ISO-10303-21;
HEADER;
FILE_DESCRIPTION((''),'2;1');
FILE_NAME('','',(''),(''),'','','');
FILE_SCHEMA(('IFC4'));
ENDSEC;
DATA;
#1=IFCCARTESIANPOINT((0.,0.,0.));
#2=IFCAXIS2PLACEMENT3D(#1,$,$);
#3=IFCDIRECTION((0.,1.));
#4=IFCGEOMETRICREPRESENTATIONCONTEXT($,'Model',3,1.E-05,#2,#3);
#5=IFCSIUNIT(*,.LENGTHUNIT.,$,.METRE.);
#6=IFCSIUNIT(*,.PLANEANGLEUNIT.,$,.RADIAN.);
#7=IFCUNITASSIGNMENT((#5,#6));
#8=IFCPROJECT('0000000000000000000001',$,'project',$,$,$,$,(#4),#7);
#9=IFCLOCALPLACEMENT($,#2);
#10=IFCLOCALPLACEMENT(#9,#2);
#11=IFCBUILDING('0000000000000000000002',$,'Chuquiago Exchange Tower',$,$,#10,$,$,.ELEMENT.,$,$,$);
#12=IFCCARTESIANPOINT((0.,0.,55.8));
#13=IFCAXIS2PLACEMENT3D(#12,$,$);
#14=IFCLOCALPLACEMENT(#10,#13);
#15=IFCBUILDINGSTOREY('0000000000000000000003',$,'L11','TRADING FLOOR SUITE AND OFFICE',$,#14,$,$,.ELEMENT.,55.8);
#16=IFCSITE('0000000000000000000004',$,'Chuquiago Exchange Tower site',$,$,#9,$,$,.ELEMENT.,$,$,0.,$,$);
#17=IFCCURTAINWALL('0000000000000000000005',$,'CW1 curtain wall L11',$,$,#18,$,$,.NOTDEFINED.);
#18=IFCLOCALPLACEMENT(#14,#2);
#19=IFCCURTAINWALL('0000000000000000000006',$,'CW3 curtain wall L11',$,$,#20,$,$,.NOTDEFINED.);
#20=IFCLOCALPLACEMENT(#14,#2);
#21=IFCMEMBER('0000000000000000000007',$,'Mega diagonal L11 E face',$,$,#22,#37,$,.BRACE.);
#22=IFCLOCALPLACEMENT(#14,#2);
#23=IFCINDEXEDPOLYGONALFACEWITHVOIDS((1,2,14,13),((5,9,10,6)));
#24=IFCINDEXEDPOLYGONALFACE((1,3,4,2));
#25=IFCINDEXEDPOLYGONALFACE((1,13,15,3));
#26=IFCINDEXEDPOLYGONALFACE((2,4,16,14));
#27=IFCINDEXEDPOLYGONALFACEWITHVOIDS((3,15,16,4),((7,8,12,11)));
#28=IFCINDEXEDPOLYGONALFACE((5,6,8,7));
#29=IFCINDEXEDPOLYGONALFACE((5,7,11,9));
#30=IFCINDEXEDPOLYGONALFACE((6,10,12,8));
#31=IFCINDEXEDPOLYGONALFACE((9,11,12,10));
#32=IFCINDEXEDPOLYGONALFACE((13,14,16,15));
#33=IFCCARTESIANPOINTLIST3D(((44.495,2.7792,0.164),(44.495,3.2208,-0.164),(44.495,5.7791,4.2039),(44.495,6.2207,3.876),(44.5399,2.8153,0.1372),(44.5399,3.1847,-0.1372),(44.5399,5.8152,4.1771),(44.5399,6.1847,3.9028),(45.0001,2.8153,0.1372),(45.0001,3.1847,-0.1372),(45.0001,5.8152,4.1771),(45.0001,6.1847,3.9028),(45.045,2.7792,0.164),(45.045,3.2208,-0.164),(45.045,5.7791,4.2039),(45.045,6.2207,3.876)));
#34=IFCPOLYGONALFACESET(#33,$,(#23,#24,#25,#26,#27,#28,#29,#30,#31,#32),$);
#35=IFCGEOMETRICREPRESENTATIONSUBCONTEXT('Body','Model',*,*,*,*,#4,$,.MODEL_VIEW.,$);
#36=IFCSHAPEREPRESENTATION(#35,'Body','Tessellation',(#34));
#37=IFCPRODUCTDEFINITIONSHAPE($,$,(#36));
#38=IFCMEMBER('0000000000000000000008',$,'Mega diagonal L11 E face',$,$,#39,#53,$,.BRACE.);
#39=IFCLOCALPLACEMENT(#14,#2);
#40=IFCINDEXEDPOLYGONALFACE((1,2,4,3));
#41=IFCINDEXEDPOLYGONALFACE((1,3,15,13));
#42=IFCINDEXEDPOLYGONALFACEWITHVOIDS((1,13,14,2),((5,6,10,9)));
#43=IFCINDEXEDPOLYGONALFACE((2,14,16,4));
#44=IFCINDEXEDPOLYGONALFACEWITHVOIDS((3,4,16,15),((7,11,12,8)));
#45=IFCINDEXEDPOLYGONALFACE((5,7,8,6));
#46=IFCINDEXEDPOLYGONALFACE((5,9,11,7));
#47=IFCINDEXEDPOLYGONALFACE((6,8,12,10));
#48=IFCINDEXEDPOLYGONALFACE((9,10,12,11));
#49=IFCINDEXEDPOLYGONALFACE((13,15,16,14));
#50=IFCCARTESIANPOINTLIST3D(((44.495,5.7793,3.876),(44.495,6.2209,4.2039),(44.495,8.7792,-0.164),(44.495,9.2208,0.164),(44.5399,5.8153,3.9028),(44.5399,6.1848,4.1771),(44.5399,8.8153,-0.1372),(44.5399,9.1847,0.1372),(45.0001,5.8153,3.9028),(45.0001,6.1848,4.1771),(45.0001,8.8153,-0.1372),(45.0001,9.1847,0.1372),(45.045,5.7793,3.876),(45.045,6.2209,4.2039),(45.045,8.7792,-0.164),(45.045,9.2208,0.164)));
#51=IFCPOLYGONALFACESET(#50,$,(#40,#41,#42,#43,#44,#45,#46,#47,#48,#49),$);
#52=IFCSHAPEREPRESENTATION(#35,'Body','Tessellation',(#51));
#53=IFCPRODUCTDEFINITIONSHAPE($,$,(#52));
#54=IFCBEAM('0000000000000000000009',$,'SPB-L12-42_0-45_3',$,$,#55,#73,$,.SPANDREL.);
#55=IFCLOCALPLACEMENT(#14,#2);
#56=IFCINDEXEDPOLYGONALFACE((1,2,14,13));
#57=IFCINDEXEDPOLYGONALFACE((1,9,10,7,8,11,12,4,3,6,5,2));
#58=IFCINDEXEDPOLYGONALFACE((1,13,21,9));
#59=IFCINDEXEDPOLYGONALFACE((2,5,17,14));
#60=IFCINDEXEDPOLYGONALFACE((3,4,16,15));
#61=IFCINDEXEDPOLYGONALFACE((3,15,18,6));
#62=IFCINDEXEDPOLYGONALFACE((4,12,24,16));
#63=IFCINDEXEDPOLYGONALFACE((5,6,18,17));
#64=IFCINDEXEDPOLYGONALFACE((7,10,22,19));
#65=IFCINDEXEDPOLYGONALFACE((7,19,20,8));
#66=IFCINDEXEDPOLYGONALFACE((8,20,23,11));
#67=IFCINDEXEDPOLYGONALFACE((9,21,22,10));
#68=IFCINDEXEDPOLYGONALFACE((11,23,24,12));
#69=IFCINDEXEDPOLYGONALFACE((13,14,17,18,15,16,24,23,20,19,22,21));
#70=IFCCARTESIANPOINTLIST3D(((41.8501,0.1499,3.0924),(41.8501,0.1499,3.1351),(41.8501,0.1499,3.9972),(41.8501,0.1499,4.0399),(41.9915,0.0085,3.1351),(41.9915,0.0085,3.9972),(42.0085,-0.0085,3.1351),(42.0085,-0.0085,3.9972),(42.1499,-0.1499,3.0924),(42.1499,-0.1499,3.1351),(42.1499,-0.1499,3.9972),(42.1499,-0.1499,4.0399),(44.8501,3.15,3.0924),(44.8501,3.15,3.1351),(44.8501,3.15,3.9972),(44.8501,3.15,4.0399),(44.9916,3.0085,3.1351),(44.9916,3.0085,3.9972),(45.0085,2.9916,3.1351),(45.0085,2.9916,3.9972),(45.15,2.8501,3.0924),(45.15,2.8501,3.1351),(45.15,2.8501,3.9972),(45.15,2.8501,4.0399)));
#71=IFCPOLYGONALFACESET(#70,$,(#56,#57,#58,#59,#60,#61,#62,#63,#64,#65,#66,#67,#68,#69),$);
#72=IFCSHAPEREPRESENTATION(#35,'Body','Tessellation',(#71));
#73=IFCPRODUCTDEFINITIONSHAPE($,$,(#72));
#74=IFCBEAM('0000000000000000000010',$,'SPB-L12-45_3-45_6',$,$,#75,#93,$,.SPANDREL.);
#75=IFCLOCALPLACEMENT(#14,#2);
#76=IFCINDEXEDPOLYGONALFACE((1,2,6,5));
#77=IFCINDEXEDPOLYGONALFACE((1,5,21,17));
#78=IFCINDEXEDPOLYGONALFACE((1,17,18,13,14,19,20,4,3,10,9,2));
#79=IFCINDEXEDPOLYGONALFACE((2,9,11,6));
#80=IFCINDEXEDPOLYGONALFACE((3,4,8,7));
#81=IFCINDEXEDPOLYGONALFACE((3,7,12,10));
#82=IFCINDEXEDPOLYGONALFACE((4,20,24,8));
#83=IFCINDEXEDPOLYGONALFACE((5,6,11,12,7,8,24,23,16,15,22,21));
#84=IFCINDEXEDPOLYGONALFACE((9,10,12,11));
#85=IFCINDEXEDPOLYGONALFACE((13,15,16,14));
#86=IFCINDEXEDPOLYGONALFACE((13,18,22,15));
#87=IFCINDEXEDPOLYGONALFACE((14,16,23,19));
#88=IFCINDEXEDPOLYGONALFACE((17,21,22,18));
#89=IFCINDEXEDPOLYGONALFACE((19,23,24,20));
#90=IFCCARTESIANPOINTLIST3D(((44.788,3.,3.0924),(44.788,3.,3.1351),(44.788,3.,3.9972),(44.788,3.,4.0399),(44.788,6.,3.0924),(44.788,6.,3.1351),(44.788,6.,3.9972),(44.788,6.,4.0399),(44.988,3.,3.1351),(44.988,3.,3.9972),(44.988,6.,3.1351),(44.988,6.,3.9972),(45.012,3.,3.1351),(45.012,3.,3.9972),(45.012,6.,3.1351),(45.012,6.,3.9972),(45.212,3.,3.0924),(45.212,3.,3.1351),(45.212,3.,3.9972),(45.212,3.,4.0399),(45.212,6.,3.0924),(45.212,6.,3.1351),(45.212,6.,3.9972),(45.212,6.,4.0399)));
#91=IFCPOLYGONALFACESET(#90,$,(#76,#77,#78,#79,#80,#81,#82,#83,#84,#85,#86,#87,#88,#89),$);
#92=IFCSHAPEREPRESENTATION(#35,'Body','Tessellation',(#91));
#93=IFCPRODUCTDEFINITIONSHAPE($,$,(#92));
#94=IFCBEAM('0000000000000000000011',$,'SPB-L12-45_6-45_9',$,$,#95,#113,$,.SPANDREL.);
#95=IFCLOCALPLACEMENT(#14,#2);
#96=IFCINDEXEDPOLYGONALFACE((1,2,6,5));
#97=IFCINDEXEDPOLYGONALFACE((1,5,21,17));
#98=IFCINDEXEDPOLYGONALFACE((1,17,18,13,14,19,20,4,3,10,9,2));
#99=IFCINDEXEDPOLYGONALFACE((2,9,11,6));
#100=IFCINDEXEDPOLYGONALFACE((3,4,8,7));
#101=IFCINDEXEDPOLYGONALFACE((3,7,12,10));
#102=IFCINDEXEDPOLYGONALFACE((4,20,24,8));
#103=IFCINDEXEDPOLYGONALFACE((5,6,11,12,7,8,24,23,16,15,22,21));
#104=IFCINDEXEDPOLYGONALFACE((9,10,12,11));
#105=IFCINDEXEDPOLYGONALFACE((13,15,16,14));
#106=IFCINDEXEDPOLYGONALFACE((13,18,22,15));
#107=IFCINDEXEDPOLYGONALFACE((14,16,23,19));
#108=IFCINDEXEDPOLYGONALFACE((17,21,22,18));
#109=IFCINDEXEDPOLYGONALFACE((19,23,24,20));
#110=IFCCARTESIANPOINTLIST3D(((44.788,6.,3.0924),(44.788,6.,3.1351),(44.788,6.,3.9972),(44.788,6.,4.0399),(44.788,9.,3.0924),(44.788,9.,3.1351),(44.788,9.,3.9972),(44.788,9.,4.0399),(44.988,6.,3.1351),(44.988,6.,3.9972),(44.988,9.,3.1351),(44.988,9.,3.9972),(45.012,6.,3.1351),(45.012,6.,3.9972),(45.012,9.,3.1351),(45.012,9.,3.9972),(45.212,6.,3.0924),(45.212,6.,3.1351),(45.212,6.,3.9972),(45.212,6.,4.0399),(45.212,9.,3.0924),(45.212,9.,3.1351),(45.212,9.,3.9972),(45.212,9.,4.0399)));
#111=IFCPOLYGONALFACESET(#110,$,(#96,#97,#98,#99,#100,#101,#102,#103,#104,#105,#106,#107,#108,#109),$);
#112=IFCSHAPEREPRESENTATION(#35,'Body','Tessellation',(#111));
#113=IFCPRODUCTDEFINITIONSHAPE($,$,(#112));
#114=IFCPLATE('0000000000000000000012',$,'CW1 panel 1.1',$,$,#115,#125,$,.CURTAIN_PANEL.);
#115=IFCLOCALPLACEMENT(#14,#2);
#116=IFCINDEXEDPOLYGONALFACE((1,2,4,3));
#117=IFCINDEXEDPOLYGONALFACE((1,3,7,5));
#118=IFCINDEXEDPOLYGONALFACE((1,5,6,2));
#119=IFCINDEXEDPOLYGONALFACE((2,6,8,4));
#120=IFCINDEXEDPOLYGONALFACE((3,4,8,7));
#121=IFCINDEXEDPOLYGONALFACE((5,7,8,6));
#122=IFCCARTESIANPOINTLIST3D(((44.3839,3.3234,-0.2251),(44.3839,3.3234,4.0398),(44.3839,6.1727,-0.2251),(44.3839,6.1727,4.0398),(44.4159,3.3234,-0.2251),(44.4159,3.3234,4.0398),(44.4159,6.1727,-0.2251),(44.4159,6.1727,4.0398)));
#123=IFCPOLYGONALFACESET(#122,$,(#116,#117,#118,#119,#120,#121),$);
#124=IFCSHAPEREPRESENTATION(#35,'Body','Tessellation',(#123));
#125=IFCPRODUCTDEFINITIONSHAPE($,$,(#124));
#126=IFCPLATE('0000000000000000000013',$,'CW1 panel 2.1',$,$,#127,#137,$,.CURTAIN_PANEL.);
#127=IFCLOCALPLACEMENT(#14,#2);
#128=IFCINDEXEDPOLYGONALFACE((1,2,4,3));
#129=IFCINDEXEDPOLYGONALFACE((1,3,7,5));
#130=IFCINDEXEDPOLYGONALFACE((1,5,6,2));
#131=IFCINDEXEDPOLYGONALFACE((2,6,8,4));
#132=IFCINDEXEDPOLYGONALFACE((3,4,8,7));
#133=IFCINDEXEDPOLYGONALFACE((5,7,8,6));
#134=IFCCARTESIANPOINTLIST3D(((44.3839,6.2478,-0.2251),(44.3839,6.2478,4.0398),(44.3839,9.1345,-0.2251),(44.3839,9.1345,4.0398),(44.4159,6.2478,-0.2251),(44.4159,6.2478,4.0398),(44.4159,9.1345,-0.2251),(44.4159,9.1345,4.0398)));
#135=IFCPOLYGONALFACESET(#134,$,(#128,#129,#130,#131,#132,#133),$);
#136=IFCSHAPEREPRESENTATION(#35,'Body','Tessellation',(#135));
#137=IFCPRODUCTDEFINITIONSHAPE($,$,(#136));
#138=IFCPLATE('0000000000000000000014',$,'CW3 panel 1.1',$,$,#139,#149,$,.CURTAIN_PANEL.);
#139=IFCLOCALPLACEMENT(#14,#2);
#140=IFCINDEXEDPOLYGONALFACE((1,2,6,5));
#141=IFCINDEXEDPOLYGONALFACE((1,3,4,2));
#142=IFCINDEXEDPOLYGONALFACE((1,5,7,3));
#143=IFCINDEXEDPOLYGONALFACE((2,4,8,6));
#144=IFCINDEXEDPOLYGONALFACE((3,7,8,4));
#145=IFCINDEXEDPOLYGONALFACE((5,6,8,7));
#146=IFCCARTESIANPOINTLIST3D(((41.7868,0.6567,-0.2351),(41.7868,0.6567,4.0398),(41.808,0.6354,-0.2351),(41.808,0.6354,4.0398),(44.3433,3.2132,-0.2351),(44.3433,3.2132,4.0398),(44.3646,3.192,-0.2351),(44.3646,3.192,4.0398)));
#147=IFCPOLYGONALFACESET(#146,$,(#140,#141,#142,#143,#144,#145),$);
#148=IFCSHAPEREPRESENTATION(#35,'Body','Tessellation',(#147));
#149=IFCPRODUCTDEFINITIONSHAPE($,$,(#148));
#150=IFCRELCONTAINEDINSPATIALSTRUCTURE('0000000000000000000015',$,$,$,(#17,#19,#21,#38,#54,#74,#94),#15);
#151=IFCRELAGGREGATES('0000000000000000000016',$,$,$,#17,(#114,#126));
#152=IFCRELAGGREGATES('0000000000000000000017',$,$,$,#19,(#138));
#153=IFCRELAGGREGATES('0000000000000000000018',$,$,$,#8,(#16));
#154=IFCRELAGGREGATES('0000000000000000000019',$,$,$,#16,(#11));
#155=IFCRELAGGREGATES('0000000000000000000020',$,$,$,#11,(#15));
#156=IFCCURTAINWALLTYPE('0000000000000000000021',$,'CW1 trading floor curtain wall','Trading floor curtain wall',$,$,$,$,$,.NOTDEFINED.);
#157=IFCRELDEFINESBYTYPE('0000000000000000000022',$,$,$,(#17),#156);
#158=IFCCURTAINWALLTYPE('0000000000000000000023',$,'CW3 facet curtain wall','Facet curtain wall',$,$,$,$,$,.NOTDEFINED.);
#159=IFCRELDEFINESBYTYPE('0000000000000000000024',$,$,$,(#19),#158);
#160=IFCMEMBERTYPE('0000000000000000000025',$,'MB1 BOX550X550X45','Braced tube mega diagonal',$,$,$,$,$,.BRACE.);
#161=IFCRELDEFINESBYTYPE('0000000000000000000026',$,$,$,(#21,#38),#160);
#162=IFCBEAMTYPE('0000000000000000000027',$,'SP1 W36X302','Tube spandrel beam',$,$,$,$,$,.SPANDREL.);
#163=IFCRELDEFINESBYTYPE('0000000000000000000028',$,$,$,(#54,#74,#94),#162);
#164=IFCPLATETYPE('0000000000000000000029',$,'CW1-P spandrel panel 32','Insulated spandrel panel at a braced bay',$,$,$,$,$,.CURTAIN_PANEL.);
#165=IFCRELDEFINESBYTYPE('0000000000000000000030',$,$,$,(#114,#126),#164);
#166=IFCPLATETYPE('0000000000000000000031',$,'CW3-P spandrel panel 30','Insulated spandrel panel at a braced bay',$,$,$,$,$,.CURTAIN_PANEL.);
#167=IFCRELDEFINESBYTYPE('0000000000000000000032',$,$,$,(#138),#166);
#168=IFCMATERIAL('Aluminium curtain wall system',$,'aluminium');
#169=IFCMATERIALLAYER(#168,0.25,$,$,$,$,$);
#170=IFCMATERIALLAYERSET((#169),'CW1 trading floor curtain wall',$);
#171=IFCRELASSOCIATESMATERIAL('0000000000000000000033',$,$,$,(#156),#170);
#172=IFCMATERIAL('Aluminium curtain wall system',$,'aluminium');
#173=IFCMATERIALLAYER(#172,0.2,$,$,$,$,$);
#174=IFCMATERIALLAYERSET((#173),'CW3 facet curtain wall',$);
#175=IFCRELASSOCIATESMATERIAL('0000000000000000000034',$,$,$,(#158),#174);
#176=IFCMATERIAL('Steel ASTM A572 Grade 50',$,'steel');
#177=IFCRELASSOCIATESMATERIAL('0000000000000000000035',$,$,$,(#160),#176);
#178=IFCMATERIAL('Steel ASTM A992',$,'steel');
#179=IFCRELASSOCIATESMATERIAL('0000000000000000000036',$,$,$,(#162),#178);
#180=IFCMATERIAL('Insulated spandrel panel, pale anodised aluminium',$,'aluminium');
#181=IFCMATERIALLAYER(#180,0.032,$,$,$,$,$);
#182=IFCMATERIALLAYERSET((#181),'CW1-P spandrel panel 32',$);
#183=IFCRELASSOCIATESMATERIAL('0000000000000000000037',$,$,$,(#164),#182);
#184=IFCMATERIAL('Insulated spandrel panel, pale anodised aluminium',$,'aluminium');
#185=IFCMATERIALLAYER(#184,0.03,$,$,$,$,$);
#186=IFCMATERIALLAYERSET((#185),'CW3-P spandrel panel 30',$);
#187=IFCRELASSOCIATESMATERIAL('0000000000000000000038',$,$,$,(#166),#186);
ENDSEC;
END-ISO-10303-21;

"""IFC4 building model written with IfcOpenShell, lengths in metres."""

from ifc_helpers import new_model, si_unit, direction, frame, origin, origin_2d, place, context, subcontext, project, spatial, rectangle, hollow_rectangle, i_section, extrude, material, layer, layer_set, material_profile, profile_set, type_object, element, aggregate, save


model = new_model("IFC4")

# Units and contexts
model_context = context("Model", 3, precision=1e-05, world=origin(), true_north=direction((0.0, 1.0)))
body_context = subcontext(model_context, "Body", "Model", "MODEL_VIEW")
ifc_project = project(units=[si_unit("LENGTHUNIT", "METRE"), si_unit("PLANEANGLEUNIT", "RADIAN")], contexts=[model_context])

# Site, building, storey
site_placement = place(None, origin())
site = spatial("IfcSite", under=ifc_project, at=site_placement, Name="Chuquiago Exchange Tower site", CompositionType="ELEMENT", RefElevation=0.0)
building_placement = place(site_placement, origin())
building = spatial("IfcBuilding", under=site, at=building_placement, Name="Chuquiago Exchange Tower", CompositionType="ELEMENT")
storey_placement = place(building_placement, frame((0.0, 0.0, 55.8)))
storey = spatial("IfcBuildingStorey", under=building, at=storey_placement, Name="L11", Description="TRADING FLOOR SUITE AND OFFICE", CompositionType="ELEMENT", Elevation=55.8)

# Curtain walls
ifc_material_1 = material(Name="Aluminium curtain wall system", Category="aluminium")
ifc_layer_1 = layer(ifc_material_1, 0.25)
ifc_layer_set_1 = layer_set([ifc_layer_1], Name="CW1 trading floor curtain wall")
curtain_wall_type_1 = type_object("IfcCurtainWallType", Name="CW1 trading floor curtain wall", Description="Trading floor curtain wall", PredefinedType="NOTDEFINED", material=ifc_layer_set_1)
curtain_wall_1_placement = place(storey_placement, origin())
curtain_wall_1 = element("IfcCurtainWall", 1, at=curtain_wall_1_placement, inside=storey, type_object=curtain_wall_type_1, Name="CW1 curtain wall L11", PredefinedType="NOTDEFINED")
ifc_material_2 = material(Name="Aluminium curtain wall system", Category="aluminium")
ifc_layer_2 = layer(ifc_material_2, 0.2)
ifc_layer_set_2 = layer_set([ifc_layer_2], Name="CW3 facet curtain wall")
curtain_wall_type_2 = type_object("IfcCurtainWallType", Name="CW3 facet curtain wall", Description="Facet curtain wall", PredefinedType="NOTDEFINED", material=ifc_layer_set_2)
curtain_wall_2_placement = place(storey_placement, origin())
curtain_wall_2 = element("IfcCurtainWall", 2, at=curtain_wall_2_placement, inside=storey, type_object=curtain_wall_type_2, Name="CW3 curtain wall L11", PredefinedType="NOTDEFINED")

# Members
ifc_material_3 = material(Name="Steel ASTM A572 Grade 50", Category="steel")
ifc_material_profile_1 = material_profile(ifc_material_3, hollow_rectangle(XDim=0.55, YDim=0.55, WallThickness=0.0449, at=origin_2d()), Name="BOX550X550X45")
ifc_profile_set_1 = profile_set([ifc_material_profile_1], Name="Steel ASTM A572 Grade 50")
member_type_1 = type_object("IfcMemberType", Name="MB1 BOX550X550X45", Description="Braced tube mega diagonal", PredefinedType="BRACE", material=ifc_profile_set_1)
for number, where, z_axis, x_axis, name in (
    (3, (44.77, 3.0, 0.0), (0.0, 0.596174, 0.802855), (-1.0, 0.0, 0.0), "Mega diagonal L11 E face"),
    (4, (44.77, 9.0, 0.0), (0.0, -0.596174, 0.802855), (1.0, 0.0, 0.0), "Mega diagonal L11 E face"),
):
    element("IfcMember", number, at=place(storey_placement, frame(where, z_axis=z_axis, x_axis=x_axis)), inside=storey, type_object=member_type_1, Name=name, PredefinedType="BRACE", context=body_context, shape_type="SweptSolid", body=[
        extrude(hollow_rectangle(XDim=0.55, YDim=0.55, WallThickness=0.0449, at=origin_2d()), origin(), (0.0, 0.0, 1.0), 5.032),
    ])

# Beams
ifc_material_4 = material(Name="Steel ASTM A992", Category="steel")
ifc_material_profile_2 = material_profile(ifc_material_4, i_section(OverallWidth=0.4241, OverallDepth=0.9475, WebThickness=0.0239, FlangeThickness=0.0427, at=origin_2d()), Name="W36X302")
ifc_profile_set_2 = profile_set([ifc_material_profile_2], Name="Steel ASTM A992")
beam_type = type_object("IfcBeamType", Name="SP1 W36X302", Description="Tube spandrel beam", PredefinedType="SPANDREL", material=ifc_profile_set_2)
beam_placement = place(storey_placement, frame((42.0, 0.0, 3.5662), z_axis=(0.707107, 0.707107, 0.0), x_axis=(-0.707107, 0.707107, 0.0)))
element("IfcBeam", 5, at=beam_placement, inside=storey, type_object=beam_type, Name="SPB-L12-42_0-45_3", PredefinedType="SPANDREL", context=body_context, shape_type="SweptSolid", body=[
    extrude(i_section(OverallWidth=0.4241, OverallDepth=0.9475, WebThickness=0.0239, FlangeThickness=0.0427, at=origin_2d()), origin(), (0.0, 0.0, 1.0), 4.2427),
])
for number, where, z_axis, x_axis, name in (
    (6, (45.0, 3.0, 3.5662), (0.0, 1.0, 0.0), (-1.0, 0.0, 0.0), "SPB-L12-45_3-45_6"),
    (7, (45.0, 6.0, 3.5662), (0.0, 1.0, 0.0), (-1.0, 0.0, 0.0), "SPB-L12-45_6-45_9"),
):
    element("IfcBeam", number, at=place(storey_placement, frame(where, z_axis=z_axis, x_axis=x_axis)), inside=storey, type_object=beam_type, Name=name, PredefinedType="SPANDREL", context=body_context, shape_type="SweptSolid", body=[
        extrude(i_section(OverallWidth=0.4241, OverallDepth=0.9475, WebThickness=0.0239, FlangeThickness=0.0427, at=origin_2d()), origin(), (0.0, 0.0, 1.0), 3.0),
    ])

# Plates
ifc_material_5 = material(Name="Insulated spandrel panel, pale anodised aluminium", Category="aluminium")
ifc_layer_3 = layer(ifc_material_5, 0.032)
ifc_layer_set_3 = layer_set([ifc_layer_3], Name="CW1-P spandrel panel 32")
plate_type_1 = type_object("IfcPlateType", Name="CW1-P spandrel panel 32", Description="Insulated spandrel panel at a braced bay", PredefinedType="CURTAIN_PANEL", material=ifc_layer_set_3)
plate_1_placement = place(storey_placement, frame((44.3999, 4.748, -0.2251), z_axis=(0.0, 0.0, 1.0), x_axis=(0.0, 1.0, 0.0)))
plate_1 = element("IfcPlate", 8, at=plate_1_placement, type_object=plate_type_1, Name="CW1 panel 1.1", PredefinedType="CURTAIN_PANEL", context=body_context, shape_type="SweptSolid", body=[
    extrude(rectangle(XDim=2.8494, YDim=0.032, at=origin_2d()), origin(), (0.0, 0.0, 1.0), 4.2649),
])
plate_2_placement = place(storey_placement, frame((44.3999, 7.6912, -0.2251), z_axis=(0.0, 0.0, 1.0), x_axis=(0.0, 1.0, 0.0)))
plate_2 = element("IfcPlate", 9, at=plate_2_placement, type_object=plate_type_1, Name="CW1 panel 2.1", PredefinedType="CURTAIN_PANEL", context=body_context, shape_type="SweptSolid", body=[
    extrude(rectangle(XDim=2.8867, YDim=0.032, at=origin_2d()), origin(), (0.0, 0.0, 1.0), 4.2649),
])
aggregate(curtain_wall_1, [plate_1, plate_2])
ifc_material_6 = material(Name="Insulated spandrel panel, pale anodised aluminium", Category="aluminium")
ifc_layer_4 = layer(ifc_material_6, 0.03)
ifc_layer_set_4 = layer_set([ifc_layer_4], Name="CW3-P spandrel panel 30")
plate_type_2 = type_object("IfcPlateType", Name="CW3-P spandrel panel 30", Description="Insulated spandrel panel at a braced bay", PredefinedType="CURTAIN_PANEL", material=ifc_layer_set_4)
plate_3_placement = place(storey_placement, frame((43.0757, 1.9243, -0.2351), z_axis=(0.0, 0.0, 1.0), x_axis=(0.707107, 0.707107, 0.0)))
plate_3 = element("IfcPlate", 10, at=plate_3_placement, type_object=plate_type_2, Name="CW3 panel 1.1", PredefinedType="CURTAIN_PANEL", context=body_context, shape_type="SweptSolid", body=[
    extrude(rectangle(XDim=3.6155, YDim=0.03, at=origin_2d()), origin(), (0.0, 0.0, 1.0), 4.2749),
])
aggregate(curtain_wall_2, [plate_3])

save(model, "model.ifc")
